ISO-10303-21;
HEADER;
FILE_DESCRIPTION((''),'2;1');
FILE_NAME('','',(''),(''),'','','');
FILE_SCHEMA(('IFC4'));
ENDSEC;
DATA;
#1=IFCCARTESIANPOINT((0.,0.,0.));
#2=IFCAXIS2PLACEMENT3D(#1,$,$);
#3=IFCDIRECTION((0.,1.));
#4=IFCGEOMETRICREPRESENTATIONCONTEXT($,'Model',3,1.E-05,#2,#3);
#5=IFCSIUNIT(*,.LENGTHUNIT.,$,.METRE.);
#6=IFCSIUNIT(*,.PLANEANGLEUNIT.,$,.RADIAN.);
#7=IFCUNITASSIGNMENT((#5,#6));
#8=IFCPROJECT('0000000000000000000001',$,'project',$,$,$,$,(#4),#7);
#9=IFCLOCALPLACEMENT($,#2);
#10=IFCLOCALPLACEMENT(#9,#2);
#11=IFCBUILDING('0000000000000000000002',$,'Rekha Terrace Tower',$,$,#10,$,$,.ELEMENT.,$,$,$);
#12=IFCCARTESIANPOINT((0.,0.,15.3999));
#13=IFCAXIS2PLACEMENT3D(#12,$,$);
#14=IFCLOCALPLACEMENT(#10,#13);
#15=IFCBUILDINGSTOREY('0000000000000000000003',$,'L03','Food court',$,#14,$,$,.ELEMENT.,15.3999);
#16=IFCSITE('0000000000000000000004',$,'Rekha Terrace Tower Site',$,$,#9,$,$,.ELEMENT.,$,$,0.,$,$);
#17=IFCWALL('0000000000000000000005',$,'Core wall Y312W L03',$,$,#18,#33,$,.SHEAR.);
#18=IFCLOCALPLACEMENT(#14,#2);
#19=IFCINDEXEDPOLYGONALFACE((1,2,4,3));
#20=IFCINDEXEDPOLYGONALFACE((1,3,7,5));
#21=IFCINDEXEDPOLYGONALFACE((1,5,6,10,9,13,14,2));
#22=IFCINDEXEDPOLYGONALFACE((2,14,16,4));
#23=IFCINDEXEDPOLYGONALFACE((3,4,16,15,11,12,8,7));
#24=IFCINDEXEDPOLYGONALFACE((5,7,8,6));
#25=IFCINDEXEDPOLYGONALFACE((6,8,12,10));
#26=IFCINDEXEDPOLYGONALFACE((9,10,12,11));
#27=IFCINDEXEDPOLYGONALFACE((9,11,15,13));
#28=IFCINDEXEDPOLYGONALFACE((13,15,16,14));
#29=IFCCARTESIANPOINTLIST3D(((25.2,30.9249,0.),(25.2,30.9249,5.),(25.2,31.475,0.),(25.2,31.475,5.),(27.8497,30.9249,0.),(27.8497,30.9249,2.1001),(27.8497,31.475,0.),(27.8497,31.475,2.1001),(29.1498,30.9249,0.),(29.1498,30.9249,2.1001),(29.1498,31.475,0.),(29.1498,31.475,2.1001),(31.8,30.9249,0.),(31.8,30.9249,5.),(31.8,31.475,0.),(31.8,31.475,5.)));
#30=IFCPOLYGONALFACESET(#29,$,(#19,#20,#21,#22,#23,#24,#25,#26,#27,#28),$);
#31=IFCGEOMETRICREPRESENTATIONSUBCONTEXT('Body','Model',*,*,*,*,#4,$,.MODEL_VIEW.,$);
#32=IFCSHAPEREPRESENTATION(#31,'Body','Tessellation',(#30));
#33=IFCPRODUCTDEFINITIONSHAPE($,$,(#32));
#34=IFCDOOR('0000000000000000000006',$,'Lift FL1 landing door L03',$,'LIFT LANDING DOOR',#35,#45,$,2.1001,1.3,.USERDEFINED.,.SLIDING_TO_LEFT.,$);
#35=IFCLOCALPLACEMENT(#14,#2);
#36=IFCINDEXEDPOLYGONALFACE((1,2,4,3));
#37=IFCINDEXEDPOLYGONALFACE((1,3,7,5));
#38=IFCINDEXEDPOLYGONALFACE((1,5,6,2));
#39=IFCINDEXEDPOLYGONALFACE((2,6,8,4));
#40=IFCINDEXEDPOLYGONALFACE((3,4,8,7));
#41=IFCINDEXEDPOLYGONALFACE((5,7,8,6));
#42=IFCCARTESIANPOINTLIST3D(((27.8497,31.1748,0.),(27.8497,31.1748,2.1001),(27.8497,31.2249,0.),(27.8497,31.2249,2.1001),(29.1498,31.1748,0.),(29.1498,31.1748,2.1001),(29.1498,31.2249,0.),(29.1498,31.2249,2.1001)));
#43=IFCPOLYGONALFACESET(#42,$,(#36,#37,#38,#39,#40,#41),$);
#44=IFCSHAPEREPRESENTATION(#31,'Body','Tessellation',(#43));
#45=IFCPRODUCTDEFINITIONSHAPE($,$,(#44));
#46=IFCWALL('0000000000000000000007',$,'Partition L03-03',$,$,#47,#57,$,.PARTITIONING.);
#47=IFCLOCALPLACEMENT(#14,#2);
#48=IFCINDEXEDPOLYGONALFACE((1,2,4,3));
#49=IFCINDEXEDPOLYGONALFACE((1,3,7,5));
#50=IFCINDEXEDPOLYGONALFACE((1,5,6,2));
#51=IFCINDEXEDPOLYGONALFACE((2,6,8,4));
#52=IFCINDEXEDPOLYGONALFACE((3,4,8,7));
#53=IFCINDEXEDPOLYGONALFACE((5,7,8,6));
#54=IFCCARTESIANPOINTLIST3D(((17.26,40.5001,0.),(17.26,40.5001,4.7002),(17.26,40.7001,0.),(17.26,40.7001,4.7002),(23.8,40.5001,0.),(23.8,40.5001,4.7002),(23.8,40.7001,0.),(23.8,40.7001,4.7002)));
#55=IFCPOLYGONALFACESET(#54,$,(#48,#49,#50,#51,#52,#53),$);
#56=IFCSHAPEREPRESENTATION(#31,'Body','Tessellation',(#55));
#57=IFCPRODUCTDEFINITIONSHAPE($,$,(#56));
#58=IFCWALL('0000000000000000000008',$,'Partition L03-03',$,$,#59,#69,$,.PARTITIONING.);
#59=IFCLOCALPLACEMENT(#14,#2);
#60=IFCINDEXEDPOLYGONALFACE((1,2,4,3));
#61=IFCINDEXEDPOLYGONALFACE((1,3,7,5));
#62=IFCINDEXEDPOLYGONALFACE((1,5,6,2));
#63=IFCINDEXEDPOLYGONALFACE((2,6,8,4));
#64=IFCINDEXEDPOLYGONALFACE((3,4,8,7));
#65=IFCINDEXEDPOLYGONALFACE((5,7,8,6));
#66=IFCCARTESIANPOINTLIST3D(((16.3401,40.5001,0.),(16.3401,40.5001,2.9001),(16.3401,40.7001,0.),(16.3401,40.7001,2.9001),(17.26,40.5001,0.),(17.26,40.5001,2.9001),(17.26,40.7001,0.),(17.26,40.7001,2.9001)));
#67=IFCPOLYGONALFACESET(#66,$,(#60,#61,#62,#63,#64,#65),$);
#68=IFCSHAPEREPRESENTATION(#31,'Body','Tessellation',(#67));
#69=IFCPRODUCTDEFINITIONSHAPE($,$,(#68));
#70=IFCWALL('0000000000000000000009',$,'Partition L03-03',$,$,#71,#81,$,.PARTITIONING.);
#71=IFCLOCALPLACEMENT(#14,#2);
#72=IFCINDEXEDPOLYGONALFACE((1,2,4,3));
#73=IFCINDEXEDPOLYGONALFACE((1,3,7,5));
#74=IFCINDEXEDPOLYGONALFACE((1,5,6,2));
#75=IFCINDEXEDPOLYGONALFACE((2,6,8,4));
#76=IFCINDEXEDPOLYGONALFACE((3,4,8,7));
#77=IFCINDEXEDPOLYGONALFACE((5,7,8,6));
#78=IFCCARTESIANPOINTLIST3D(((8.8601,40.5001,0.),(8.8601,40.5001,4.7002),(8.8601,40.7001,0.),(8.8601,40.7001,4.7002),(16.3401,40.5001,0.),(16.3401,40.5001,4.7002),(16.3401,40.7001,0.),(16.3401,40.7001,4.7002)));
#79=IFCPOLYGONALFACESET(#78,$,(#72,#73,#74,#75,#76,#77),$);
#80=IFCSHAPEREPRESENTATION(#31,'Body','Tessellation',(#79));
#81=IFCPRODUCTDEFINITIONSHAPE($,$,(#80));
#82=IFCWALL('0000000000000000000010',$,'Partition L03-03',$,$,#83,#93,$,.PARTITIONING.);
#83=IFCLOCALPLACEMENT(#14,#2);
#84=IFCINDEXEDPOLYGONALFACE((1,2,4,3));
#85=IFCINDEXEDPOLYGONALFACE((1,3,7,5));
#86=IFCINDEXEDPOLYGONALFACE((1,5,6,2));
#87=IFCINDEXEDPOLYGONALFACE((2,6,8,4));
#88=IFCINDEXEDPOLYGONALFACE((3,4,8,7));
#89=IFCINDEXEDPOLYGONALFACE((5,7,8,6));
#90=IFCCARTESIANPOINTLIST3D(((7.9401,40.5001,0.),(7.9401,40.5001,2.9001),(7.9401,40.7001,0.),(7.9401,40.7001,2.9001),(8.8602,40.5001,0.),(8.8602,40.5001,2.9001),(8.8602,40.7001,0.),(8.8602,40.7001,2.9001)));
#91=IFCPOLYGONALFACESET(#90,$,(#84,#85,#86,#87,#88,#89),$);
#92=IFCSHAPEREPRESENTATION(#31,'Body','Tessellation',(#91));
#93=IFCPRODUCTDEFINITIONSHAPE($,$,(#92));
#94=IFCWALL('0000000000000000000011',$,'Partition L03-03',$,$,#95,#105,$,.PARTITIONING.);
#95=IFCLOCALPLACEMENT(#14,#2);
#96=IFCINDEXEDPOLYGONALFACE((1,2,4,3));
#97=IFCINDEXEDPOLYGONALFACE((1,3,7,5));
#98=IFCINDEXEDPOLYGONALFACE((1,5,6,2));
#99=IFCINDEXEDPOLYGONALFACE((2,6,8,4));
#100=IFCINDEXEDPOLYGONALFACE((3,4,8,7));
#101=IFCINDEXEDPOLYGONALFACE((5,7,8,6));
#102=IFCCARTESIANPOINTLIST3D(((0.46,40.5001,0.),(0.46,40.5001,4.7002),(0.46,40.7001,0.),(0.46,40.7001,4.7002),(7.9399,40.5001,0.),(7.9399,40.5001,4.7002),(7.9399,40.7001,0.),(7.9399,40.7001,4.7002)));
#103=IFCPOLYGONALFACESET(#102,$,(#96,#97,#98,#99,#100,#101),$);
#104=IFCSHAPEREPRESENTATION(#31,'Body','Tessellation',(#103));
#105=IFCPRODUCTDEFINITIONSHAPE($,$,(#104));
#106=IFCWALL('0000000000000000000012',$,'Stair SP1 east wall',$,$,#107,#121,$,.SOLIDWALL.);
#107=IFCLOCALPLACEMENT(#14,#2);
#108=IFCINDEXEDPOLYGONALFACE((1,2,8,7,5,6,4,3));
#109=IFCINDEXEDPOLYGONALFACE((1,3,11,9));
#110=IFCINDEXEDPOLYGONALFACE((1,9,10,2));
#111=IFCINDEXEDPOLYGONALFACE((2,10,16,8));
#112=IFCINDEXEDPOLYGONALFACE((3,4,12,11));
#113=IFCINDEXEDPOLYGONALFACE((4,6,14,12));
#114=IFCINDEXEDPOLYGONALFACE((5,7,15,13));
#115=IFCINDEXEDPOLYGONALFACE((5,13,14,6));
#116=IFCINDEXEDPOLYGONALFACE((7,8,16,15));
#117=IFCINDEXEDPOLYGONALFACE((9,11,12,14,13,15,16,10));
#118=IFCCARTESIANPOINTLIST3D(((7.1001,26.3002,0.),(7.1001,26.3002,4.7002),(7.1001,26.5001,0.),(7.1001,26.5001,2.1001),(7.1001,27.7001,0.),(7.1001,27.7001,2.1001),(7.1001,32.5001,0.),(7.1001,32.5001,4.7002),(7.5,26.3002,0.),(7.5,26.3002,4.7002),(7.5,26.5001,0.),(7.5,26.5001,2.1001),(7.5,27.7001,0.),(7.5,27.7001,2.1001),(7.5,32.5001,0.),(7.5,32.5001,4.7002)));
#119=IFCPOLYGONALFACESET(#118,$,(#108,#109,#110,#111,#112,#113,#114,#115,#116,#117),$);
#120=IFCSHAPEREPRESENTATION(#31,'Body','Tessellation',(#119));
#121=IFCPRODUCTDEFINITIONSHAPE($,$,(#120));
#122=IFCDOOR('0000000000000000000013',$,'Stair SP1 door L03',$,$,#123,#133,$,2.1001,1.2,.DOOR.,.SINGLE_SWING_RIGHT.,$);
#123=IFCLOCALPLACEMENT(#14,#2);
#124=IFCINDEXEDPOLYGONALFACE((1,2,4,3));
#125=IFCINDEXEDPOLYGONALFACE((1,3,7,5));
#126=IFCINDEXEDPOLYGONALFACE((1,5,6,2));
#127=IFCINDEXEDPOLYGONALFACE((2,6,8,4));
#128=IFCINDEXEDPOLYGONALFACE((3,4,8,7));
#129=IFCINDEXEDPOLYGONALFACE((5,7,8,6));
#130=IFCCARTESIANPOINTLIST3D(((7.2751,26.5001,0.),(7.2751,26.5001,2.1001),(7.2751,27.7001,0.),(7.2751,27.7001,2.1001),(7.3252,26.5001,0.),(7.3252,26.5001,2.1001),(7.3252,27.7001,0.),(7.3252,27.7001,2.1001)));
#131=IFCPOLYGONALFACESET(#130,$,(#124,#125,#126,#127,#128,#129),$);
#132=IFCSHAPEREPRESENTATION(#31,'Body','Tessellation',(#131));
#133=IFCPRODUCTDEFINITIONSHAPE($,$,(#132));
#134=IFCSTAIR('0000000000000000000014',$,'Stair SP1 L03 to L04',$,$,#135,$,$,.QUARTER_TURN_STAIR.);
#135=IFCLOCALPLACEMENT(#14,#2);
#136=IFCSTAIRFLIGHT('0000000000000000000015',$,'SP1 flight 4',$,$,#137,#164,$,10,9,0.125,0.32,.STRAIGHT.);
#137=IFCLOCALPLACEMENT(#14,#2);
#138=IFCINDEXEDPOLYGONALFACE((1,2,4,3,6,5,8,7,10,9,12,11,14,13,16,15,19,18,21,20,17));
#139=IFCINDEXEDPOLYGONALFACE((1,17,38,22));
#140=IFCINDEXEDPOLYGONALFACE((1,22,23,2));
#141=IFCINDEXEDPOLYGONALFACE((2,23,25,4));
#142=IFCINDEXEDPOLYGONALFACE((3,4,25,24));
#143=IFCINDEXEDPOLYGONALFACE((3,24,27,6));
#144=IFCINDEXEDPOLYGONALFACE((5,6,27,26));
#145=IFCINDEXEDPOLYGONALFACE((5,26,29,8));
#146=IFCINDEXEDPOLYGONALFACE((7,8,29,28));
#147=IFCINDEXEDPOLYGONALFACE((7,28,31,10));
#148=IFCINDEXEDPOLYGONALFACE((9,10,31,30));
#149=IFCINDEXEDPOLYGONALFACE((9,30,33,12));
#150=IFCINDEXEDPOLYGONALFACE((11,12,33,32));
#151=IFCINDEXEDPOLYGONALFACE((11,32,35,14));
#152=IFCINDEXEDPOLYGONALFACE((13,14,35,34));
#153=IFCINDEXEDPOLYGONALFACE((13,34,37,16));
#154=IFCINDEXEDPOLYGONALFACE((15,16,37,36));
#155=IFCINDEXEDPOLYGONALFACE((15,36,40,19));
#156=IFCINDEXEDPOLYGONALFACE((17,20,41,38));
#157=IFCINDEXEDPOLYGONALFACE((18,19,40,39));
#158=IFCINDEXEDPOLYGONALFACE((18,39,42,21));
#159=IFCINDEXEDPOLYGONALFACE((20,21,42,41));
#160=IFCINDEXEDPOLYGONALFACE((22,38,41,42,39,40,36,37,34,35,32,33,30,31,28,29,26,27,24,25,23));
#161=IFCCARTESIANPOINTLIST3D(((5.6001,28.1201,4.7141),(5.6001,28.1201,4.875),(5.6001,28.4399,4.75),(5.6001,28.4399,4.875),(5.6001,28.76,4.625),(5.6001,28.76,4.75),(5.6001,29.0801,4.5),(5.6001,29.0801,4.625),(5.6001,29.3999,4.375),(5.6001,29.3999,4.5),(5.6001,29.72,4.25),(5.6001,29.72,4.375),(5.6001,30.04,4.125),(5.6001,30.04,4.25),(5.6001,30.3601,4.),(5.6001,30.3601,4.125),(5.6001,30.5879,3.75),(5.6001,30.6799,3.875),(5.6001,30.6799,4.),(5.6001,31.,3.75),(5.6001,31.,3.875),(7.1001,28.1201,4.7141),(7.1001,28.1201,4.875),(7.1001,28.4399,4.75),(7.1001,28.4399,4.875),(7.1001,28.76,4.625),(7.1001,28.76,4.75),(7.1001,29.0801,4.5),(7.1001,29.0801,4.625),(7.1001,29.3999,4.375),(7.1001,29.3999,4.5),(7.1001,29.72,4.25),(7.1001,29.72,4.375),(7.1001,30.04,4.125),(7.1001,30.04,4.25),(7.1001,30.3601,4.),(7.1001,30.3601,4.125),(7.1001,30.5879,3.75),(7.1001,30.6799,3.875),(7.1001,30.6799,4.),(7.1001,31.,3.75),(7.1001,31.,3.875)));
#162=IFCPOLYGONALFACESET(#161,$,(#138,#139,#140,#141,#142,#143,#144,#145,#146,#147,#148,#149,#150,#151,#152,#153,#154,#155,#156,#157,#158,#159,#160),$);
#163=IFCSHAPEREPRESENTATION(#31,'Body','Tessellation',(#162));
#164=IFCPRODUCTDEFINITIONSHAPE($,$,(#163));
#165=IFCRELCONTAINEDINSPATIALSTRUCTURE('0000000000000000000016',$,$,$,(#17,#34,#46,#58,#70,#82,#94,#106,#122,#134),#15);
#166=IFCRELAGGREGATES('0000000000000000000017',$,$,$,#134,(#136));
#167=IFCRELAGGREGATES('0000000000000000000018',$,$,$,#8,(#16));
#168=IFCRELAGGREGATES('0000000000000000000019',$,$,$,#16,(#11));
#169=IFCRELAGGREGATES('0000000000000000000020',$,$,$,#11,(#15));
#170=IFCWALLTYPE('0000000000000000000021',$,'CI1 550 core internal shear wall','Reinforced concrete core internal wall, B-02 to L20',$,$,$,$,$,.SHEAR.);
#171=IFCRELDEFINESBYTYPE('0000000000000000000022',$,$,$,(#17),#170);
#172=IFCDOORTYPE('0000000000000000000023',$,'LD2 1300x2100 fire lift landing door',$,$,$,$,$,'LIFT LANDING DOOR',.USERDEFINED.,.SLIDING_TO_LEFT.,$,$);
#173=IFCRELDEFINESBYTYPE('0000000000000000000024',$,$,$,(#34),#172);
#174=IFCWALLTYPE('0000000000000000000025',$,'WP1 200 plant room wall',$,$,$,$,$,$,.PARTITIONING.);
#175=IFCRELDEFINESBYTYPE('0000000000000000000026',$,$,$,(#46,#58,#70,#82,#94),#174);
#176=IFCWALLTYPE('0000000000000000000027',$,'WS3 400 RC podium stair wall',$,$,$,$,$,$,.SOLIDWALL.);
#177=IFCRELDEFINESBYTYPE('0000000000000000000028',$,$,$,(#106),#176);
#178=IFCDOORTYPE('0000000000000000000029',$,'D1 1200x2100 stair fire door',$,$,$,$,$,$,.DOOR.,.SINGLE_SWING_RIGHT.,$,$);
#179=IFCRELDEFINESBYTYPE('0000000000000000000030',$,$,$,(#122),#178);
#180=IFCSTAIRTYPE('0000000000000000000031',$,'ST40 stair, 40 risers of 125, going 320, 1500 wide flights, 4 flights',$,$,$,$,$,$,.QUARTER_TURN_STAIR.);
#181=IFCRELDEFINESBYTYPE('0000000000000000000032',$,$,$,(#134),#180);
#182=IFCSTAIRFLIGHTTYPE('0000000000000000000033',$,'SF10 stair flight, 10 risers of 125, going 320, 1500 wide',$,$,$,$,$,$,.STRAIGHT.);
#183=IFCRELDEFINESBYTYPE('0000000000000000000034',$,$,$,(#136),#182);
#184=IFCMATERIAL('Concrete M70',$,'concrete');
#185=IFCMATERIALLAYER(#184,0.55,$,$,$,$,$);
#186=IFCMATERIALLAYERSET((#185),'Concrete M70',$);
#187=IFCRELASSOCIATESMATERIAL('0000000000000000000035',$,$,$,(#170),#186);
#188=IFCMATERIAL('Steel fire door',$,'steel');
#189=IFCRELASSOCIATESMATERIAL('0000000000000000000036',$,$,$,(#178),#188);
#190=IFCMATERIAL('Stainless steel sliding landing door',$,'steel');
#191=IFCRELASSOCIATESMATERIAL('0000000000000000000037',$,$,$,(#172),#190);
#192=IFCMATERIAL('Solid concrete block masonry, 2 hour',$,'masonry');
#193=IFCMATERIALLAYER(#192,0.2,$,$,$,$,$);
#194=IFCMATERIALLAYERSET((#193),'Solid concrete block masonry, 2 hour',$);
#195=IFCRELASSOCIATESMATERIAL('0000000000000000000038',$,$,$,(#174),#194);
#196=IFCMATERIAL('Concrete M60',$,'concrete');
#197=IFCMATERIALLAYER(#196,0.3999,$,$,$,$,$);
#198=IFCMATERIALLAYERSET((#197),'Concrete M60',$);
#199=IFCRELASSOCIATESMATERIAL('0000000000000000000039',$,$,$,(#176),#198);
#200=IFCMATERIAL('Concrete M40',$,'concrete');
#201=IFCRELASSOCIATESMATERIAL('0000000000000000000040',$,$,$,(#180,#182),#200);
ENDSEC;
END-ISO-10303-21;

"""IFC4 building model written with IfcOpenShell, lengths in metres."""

from ifc_helpers import new_model, si_unit, direction, frame, frame_2d, origin, place, context, subcontext, project, spatial, polyline, rectangle, outline, extrude, material, layer, layer_set, type_object, element, fill, aggregate, save


model = new_model("IFC4")

# Units and contexts
model_context = context("Model", 3, precision=1e-05, world=origin(), true_north=direction((0.0, 1.0)))
body_context = subcontext(model_context, "Body", "Model", "MODEL_VIEW")
ifc_project = project(units=[si_unit("LENGTHUNIT", "METRE"), si_unit("PLANEANGLEUNIT", "RADIAN")], contexts=[model_context])

# Site, building, storey
site_placement = place(None, origin())
site = spatial("IfcSite", under=ifc_project, at=site_placement, Name="Rekha Terrace Tower Site", CompositionType="ELEMENT", RefElevation=0.0)
building_placement = place(site_placement, origin())
building = spatial("IfcBuilding", under=site, at=building_placement, Name="Rekha Terrace Tower", CompositionType="ELEMENT")
storey_placement = place(building_placement, frame((0.0, 0.0, 15.3999)))
storey = spatial("IfcBuildingStorey", under=building, at=storey_placement, Name="L03", Description="Food court", CompositionType="ELEMENT", Elevation=15.3999)

# Shared definitions
ifc_material_1 = material(Name="Concrete M70", Category="concrete")
ifc_material_2 = material(Name="Concrete M60", Category="concrete")

# Wall, opening, door
ifc_layer_1 = layer(ifc_material_1, 0.55)
ifc_layer_set_1 = layer_set([ifc_layer_1], Name="Concrete M70")
wall_type_1 = type_object("IfcWallType", Name="CI1 550 core internal shear wall", Description="Reinforced concrete core internal wall, B-02 to L20", PredefinedType="SHEAR", material=ifc_layer_set_1)
ifc_material_3 = material(Name="Steel fire door", Category="steel")
door_type_1 = type_object("IfcDoorType", Name="D1 1200x2100 stair fire door", OperationType="SINGLE_SWING_RIGHT", PredefinedType="DOOR", material=ifc_material_3)
wall_1_placement = place(storey_placement, frame((25.2, 31.2, 0.0), z_axis=(0.0, 0.0, 1.0), x_axis=(1.0, 0.0, 0.0)))
wall_1 = element("IfcWall", 1, at=wall_1_placement, inside=storey, type_object=wall_type_1, Name="Core wall Y312W L03", PredefinedType="SHEAR", context=body_context, shape_type="SweptSolid", body=[
    extrude(rectangle(XDim=6.6001, YDim=0.55, at=frame_2d((3.3, 0.0))), origin(), (0.0, 0.0, 1.0), 5.0),
])
opening_1_placement = place(wall_1_placement, frame((2.6499, 0.0, 0.0)))
opening_1 = element("IfcOpeningElement", 2, at=opening_1_placement, cuts=wall_1, PredefinedType="OPENING", context=body_context, shape_type="SweptSolid", body=[
    extrude(rectangle(XDim=1.3, YDim=2.1001, at=frame_2d((0.6499, 1.05))), frame((0.0, 0.2849, 0.0), z_axis=(0.0, -1.0, 0.0), x_axis=(1.0, 0.0, 0.0)), (0.0, 0.0, 1.0), 0.5701),
])
ifc_material_4 = material(Name="Stainless steel sliding landing door", Category="steel")
door_type_2 = type_object("IfcDoorType", Name="LD2 1300x2100 fire lift landing door", ElementType="LIFT LANDING DOOR", OperationType="SLIDING_TO_LEFT", PredefinedType="USERDEFINED", material=ifc_material_4)
door_1_placement = place(opening_1_placement, origin())
door_1 = element("IfcDoor", 3, at=door_1_placement, inside=storey, type_object=door_type_2, Name="Lift FL1 landing door L03", ObjectType="LIFT LANDING DOOR", OperationType="SLIDING_TO_LEFT", OverallHeight=2.1001, OverallWidth=1.3, PredefinedType="USERDEFINED", context=body_context, shape_type="SweptSolid", body=[
    extrude(rectangle(XDim=1.3, YDim=2.1001, at=frame_2d((0.6499, 1.05))), frame((0.0, 0.0249, 0.0), z_axis=(0.0, -1.0, 0.0), x_axis=(1.0, 0.0, 0.0)), (0.0, 0.0, 1.0), 0.05),
])
fill(opening_1, door_1)

# Walls
ifc_material_5 = material(Name="Solid concrete block masonry, 2 hour", Category="masonry")
ifc_layer_2 = layer(ifc_material_5, 0.2)
ifc_layer_set_2 = layer_set([ifc_layer_2], Name="Solid concrete block masonry, 2 hour")
wall_type_2 = type_object("IfcWallType", Name="WP1 200 plant room wall", PredefinedType="PARTITIONING", material=ifc_layer_set_2)
wall_2_placement = place(storey_placement, frame((23.8, 40.6001, 0.0), z_axis=(0.0, 0.0, 1.0), x_axis=(-1.0, 0.0, 0.0)))
element("IfcWall", 4, at=wall_2_placement, inside=storey, type_object=wall_type_2, Name="Partition L03-03", PredefinedType="PARTITIONING", context=body_context, shape_type="SweptSolid", body=[
    extrude(rectangle(XDim=6.54, YDim=0.2, at=frame_2d((3.27, 0.0))), origin(), (0.0, 0.0, 1.0), 4.7002),
])
wall_3_placement = place(storey_placement, frame((17.26, 40.6001, 0.0), z_axis=(0.0, 0.0, 1.0), x_axis=(-1.0, 0.0, 0.0)))
element("IfcWall", 5, at=wall_3_placement, inside=storey, type_object=wall_type_2, Name="Partition L03-03", PredefinedType="PARTITIONING", context=body_context, shape_type="SweptSolid", body=[
    extrude(rectangle(XDim=0.9199, YDim=0.2, at=frame_2d((0.46, 0.0))), origin(), (0.0, 0.0, 1.0), 2.9001),
])
wall_4_placement = place(storey_placement, frame((16.3401, 40.6001, 0.0), z_axis=(0.0, 0.0, 1.0), x_axis=(-1.0, 0.0, 0.0)))
element("IfcWall", 6, at=wall_4_placement, inside=storey, type_object=wall_type_2, Name="Partition L03-03", PredefinedType="PARTITIONING", context=body_context, shape_type="SweptSolid", body=[
    extrude(rectangle(XDim=7.48, YDim=0.2, at=frame_2d((3.74, 0.0))), origin(), (0.0, 0.0, 1.0), 4.7002),
])
wall_5_placement = place(storey_placement, frame((8.8601, 40.6001, 0.0), z_axis=(0.0, 0.0, 1.0), x_axis=(-1.0, 0.0, 0.0)))
element("IfcWall", 7, at=wall_5_placement, inside=storey, type_object=wall_type_2, Name="Partition L03-03", PredefinedType="PARTITIONING", context=body_context, shape_type="SweptSolid", body=[
    extrude(rectangle(XDim=0.9202, YDim=0.2, at=frame_2d((0.46, 0.0))), origin(), (0.0, 0.0, 1.0), 2.9001),
])
wall_6_placement = place(storey_placement, frame((7.9399, 40.6001, 0.0), z_axis=(0.0, 0.0, 1.0), x_axis=(-1.0, 0.0, 0.0)))
element("IfcWall", 8, at=wall_6_placement, inside=storey, type_object=wall_type_2, Name="Partition L03-03", PredefinedType="PARTITIONING", context=body_context, shape_type="SweptSolid", body=[
    extrude(rectangle(XDim=7.48, YDim=0.2, at=frame_2d((3.74, 0.0))), origin(), (0.0, 0.0, 1.0), 4.7002),
])

# Wall, opening, door
ifc_layer_3 = layer(ifc_material_2, 0.3999)
ifc_layer_set_3 = layer_set([ifc_layer_3], Name="Concrete M60")
wall_type_3 = type_object("IfcWallType", Name="WS3 400 RC podium stair wall", PredefinedType="SOLIDWALL", material=ifc_layer_set_3)
wall_7_placement = place(storey_placement, frame((7.3, 26.3, 0.0), z_axis=(0.0, 0.0, 1.0), x_axis=(0.0, 1.0, 0.0)))
wall_7 = element("IfcWall", 9, at=wall_7_placement, inside=storey, type_object=wall_type_3, Name="Stair SP1 east wall", PredefinedType="SOLIDWALL", context=body_context, shape_type="SweptSolid", body=[
    extrude(rectangle(XDim=6.2, YDim=0.3999, at=frame_2d((3.1001, 0.0))), origin(), (0.0, 0.0, 1.0), 4.7002),
])
opening_2_placement = place(wall_7_placement, frame((0.2, 0.0, 0.0)))
opening_2 = element("IfcOpeningElement", 10, at=opening_2_placement, cuts=wall_7, PredefinedType="OPENING", context=body_context, shape_type="SweptSolid", body=[
    extrude(rectangle(XDim=1.2, YDim=2.1001, at=frame_2d((0.6001, 1.05))), frame((0.0, 0.21, 0.0), z_axis=(0.0, -1.0, 0.0), x_axis=(1.0, 0.0, 0.0)), (0.0, 0.0, 1.0), 0.4199),
])
door_2_placement = place(opening_2_placement, origin())
door_2 = element("IfcDoor", 11, at=door_2_placement, inside=storey, type_object=door_type_1, Name="Stair SP1 door L03", OperationType="SINGLE_SWING_RIGHT", OverallHeight=2.1001, OverallWidth=1.2, PredefinedType="DOOR", context=body_context, shape_type="SweptSolid", body=[
    extrude(rectangle(XDim=1.2, YDim=2.1001, at=frame_2d((0.6001, 1.05))), frame((0.0, 0.0249, 0.0), z_axis=(0.0, -1.0, 0.0), x_axis=(1.0, 0.0, 0.0)), (0.0, 0.0, 1.0), 0.05),
])
fill(opening_2, door_2)

# Stair, stair flight
ifc_material_6 = material(Name="Concrete M40", Category="concrete")
stair_type = type_object("IfcStairType", Name="ST40 stair, 40 risers of 125, going 320, 1500 wide flights, 4 flights", PredefinedType="QUARTER_TURN_STAIR", material=ifc_material_6)
stair_placement = place(storey_placement, origin())
stair = element("IfcStair", 12, at=stair_placement, inside=storey, type_object=stair_type, Name="Stair SP1 L03 to L04", PredefinedType="QUARTER_TURN_STAIR")
stair_flight_type = type_object("IfcStairFlightType", Name="SF10 stair flight, 10 risers of 125, going 320, 1500 wide", PredefinedType="STRAIGHT", material=ifc_material_6)
stair_flight_placement = place(storey_placement, frame((6.3501, 31.0, 3.75), z_axis=(0.0, 0.0, 1.0), x_axis=(0.0, -1.0, 0.0)))
stair_flight = element("IfcStairFlight", 13, at=stair_flight_placement, type_object=stair_flight_type, Name="SP1 flight 4", NumberOfRisers=10, NumberOfTreads=9, PredefinedType="STRAIGHT", RiserHeight=0.125, TreadLength=0.32, context=body_context, shape_type="SweptSolid", body=[
    extrude(outline(polyline([(0.0, 0.0), (0.0, 0.125), (0.3201, 0.125), (0.3201, 0.25), (0.6399, 0.25), (0.6399, 0.375), (0.96, 0.375), (0.96, 0.5), (1.28, 0.5), (1.28, 0.625), (1.6001, 0.625), (1.6001, 0.75), (1.9199, 0.75), (1.9199, 0.875), (2.24, 0.875), (2.24, 1.0), (2.5601, 1.0), (2.5601, 1.125), (2.8799, 1.125), (2.8799, 1.25), (2.8799, 0.9641), (0.4121, 0.0), (0.0, 0.0)])), frame((0.0, 0.75, 0.0), z_axis=(0.0, -1.0, 0.0), x_axis=(1.0, 0.0, 0.0)), (0.0, 0.0, 1.0), 1.5),
])
aggregate(stair, [stair_flight])

save(model, "model.ifc")
